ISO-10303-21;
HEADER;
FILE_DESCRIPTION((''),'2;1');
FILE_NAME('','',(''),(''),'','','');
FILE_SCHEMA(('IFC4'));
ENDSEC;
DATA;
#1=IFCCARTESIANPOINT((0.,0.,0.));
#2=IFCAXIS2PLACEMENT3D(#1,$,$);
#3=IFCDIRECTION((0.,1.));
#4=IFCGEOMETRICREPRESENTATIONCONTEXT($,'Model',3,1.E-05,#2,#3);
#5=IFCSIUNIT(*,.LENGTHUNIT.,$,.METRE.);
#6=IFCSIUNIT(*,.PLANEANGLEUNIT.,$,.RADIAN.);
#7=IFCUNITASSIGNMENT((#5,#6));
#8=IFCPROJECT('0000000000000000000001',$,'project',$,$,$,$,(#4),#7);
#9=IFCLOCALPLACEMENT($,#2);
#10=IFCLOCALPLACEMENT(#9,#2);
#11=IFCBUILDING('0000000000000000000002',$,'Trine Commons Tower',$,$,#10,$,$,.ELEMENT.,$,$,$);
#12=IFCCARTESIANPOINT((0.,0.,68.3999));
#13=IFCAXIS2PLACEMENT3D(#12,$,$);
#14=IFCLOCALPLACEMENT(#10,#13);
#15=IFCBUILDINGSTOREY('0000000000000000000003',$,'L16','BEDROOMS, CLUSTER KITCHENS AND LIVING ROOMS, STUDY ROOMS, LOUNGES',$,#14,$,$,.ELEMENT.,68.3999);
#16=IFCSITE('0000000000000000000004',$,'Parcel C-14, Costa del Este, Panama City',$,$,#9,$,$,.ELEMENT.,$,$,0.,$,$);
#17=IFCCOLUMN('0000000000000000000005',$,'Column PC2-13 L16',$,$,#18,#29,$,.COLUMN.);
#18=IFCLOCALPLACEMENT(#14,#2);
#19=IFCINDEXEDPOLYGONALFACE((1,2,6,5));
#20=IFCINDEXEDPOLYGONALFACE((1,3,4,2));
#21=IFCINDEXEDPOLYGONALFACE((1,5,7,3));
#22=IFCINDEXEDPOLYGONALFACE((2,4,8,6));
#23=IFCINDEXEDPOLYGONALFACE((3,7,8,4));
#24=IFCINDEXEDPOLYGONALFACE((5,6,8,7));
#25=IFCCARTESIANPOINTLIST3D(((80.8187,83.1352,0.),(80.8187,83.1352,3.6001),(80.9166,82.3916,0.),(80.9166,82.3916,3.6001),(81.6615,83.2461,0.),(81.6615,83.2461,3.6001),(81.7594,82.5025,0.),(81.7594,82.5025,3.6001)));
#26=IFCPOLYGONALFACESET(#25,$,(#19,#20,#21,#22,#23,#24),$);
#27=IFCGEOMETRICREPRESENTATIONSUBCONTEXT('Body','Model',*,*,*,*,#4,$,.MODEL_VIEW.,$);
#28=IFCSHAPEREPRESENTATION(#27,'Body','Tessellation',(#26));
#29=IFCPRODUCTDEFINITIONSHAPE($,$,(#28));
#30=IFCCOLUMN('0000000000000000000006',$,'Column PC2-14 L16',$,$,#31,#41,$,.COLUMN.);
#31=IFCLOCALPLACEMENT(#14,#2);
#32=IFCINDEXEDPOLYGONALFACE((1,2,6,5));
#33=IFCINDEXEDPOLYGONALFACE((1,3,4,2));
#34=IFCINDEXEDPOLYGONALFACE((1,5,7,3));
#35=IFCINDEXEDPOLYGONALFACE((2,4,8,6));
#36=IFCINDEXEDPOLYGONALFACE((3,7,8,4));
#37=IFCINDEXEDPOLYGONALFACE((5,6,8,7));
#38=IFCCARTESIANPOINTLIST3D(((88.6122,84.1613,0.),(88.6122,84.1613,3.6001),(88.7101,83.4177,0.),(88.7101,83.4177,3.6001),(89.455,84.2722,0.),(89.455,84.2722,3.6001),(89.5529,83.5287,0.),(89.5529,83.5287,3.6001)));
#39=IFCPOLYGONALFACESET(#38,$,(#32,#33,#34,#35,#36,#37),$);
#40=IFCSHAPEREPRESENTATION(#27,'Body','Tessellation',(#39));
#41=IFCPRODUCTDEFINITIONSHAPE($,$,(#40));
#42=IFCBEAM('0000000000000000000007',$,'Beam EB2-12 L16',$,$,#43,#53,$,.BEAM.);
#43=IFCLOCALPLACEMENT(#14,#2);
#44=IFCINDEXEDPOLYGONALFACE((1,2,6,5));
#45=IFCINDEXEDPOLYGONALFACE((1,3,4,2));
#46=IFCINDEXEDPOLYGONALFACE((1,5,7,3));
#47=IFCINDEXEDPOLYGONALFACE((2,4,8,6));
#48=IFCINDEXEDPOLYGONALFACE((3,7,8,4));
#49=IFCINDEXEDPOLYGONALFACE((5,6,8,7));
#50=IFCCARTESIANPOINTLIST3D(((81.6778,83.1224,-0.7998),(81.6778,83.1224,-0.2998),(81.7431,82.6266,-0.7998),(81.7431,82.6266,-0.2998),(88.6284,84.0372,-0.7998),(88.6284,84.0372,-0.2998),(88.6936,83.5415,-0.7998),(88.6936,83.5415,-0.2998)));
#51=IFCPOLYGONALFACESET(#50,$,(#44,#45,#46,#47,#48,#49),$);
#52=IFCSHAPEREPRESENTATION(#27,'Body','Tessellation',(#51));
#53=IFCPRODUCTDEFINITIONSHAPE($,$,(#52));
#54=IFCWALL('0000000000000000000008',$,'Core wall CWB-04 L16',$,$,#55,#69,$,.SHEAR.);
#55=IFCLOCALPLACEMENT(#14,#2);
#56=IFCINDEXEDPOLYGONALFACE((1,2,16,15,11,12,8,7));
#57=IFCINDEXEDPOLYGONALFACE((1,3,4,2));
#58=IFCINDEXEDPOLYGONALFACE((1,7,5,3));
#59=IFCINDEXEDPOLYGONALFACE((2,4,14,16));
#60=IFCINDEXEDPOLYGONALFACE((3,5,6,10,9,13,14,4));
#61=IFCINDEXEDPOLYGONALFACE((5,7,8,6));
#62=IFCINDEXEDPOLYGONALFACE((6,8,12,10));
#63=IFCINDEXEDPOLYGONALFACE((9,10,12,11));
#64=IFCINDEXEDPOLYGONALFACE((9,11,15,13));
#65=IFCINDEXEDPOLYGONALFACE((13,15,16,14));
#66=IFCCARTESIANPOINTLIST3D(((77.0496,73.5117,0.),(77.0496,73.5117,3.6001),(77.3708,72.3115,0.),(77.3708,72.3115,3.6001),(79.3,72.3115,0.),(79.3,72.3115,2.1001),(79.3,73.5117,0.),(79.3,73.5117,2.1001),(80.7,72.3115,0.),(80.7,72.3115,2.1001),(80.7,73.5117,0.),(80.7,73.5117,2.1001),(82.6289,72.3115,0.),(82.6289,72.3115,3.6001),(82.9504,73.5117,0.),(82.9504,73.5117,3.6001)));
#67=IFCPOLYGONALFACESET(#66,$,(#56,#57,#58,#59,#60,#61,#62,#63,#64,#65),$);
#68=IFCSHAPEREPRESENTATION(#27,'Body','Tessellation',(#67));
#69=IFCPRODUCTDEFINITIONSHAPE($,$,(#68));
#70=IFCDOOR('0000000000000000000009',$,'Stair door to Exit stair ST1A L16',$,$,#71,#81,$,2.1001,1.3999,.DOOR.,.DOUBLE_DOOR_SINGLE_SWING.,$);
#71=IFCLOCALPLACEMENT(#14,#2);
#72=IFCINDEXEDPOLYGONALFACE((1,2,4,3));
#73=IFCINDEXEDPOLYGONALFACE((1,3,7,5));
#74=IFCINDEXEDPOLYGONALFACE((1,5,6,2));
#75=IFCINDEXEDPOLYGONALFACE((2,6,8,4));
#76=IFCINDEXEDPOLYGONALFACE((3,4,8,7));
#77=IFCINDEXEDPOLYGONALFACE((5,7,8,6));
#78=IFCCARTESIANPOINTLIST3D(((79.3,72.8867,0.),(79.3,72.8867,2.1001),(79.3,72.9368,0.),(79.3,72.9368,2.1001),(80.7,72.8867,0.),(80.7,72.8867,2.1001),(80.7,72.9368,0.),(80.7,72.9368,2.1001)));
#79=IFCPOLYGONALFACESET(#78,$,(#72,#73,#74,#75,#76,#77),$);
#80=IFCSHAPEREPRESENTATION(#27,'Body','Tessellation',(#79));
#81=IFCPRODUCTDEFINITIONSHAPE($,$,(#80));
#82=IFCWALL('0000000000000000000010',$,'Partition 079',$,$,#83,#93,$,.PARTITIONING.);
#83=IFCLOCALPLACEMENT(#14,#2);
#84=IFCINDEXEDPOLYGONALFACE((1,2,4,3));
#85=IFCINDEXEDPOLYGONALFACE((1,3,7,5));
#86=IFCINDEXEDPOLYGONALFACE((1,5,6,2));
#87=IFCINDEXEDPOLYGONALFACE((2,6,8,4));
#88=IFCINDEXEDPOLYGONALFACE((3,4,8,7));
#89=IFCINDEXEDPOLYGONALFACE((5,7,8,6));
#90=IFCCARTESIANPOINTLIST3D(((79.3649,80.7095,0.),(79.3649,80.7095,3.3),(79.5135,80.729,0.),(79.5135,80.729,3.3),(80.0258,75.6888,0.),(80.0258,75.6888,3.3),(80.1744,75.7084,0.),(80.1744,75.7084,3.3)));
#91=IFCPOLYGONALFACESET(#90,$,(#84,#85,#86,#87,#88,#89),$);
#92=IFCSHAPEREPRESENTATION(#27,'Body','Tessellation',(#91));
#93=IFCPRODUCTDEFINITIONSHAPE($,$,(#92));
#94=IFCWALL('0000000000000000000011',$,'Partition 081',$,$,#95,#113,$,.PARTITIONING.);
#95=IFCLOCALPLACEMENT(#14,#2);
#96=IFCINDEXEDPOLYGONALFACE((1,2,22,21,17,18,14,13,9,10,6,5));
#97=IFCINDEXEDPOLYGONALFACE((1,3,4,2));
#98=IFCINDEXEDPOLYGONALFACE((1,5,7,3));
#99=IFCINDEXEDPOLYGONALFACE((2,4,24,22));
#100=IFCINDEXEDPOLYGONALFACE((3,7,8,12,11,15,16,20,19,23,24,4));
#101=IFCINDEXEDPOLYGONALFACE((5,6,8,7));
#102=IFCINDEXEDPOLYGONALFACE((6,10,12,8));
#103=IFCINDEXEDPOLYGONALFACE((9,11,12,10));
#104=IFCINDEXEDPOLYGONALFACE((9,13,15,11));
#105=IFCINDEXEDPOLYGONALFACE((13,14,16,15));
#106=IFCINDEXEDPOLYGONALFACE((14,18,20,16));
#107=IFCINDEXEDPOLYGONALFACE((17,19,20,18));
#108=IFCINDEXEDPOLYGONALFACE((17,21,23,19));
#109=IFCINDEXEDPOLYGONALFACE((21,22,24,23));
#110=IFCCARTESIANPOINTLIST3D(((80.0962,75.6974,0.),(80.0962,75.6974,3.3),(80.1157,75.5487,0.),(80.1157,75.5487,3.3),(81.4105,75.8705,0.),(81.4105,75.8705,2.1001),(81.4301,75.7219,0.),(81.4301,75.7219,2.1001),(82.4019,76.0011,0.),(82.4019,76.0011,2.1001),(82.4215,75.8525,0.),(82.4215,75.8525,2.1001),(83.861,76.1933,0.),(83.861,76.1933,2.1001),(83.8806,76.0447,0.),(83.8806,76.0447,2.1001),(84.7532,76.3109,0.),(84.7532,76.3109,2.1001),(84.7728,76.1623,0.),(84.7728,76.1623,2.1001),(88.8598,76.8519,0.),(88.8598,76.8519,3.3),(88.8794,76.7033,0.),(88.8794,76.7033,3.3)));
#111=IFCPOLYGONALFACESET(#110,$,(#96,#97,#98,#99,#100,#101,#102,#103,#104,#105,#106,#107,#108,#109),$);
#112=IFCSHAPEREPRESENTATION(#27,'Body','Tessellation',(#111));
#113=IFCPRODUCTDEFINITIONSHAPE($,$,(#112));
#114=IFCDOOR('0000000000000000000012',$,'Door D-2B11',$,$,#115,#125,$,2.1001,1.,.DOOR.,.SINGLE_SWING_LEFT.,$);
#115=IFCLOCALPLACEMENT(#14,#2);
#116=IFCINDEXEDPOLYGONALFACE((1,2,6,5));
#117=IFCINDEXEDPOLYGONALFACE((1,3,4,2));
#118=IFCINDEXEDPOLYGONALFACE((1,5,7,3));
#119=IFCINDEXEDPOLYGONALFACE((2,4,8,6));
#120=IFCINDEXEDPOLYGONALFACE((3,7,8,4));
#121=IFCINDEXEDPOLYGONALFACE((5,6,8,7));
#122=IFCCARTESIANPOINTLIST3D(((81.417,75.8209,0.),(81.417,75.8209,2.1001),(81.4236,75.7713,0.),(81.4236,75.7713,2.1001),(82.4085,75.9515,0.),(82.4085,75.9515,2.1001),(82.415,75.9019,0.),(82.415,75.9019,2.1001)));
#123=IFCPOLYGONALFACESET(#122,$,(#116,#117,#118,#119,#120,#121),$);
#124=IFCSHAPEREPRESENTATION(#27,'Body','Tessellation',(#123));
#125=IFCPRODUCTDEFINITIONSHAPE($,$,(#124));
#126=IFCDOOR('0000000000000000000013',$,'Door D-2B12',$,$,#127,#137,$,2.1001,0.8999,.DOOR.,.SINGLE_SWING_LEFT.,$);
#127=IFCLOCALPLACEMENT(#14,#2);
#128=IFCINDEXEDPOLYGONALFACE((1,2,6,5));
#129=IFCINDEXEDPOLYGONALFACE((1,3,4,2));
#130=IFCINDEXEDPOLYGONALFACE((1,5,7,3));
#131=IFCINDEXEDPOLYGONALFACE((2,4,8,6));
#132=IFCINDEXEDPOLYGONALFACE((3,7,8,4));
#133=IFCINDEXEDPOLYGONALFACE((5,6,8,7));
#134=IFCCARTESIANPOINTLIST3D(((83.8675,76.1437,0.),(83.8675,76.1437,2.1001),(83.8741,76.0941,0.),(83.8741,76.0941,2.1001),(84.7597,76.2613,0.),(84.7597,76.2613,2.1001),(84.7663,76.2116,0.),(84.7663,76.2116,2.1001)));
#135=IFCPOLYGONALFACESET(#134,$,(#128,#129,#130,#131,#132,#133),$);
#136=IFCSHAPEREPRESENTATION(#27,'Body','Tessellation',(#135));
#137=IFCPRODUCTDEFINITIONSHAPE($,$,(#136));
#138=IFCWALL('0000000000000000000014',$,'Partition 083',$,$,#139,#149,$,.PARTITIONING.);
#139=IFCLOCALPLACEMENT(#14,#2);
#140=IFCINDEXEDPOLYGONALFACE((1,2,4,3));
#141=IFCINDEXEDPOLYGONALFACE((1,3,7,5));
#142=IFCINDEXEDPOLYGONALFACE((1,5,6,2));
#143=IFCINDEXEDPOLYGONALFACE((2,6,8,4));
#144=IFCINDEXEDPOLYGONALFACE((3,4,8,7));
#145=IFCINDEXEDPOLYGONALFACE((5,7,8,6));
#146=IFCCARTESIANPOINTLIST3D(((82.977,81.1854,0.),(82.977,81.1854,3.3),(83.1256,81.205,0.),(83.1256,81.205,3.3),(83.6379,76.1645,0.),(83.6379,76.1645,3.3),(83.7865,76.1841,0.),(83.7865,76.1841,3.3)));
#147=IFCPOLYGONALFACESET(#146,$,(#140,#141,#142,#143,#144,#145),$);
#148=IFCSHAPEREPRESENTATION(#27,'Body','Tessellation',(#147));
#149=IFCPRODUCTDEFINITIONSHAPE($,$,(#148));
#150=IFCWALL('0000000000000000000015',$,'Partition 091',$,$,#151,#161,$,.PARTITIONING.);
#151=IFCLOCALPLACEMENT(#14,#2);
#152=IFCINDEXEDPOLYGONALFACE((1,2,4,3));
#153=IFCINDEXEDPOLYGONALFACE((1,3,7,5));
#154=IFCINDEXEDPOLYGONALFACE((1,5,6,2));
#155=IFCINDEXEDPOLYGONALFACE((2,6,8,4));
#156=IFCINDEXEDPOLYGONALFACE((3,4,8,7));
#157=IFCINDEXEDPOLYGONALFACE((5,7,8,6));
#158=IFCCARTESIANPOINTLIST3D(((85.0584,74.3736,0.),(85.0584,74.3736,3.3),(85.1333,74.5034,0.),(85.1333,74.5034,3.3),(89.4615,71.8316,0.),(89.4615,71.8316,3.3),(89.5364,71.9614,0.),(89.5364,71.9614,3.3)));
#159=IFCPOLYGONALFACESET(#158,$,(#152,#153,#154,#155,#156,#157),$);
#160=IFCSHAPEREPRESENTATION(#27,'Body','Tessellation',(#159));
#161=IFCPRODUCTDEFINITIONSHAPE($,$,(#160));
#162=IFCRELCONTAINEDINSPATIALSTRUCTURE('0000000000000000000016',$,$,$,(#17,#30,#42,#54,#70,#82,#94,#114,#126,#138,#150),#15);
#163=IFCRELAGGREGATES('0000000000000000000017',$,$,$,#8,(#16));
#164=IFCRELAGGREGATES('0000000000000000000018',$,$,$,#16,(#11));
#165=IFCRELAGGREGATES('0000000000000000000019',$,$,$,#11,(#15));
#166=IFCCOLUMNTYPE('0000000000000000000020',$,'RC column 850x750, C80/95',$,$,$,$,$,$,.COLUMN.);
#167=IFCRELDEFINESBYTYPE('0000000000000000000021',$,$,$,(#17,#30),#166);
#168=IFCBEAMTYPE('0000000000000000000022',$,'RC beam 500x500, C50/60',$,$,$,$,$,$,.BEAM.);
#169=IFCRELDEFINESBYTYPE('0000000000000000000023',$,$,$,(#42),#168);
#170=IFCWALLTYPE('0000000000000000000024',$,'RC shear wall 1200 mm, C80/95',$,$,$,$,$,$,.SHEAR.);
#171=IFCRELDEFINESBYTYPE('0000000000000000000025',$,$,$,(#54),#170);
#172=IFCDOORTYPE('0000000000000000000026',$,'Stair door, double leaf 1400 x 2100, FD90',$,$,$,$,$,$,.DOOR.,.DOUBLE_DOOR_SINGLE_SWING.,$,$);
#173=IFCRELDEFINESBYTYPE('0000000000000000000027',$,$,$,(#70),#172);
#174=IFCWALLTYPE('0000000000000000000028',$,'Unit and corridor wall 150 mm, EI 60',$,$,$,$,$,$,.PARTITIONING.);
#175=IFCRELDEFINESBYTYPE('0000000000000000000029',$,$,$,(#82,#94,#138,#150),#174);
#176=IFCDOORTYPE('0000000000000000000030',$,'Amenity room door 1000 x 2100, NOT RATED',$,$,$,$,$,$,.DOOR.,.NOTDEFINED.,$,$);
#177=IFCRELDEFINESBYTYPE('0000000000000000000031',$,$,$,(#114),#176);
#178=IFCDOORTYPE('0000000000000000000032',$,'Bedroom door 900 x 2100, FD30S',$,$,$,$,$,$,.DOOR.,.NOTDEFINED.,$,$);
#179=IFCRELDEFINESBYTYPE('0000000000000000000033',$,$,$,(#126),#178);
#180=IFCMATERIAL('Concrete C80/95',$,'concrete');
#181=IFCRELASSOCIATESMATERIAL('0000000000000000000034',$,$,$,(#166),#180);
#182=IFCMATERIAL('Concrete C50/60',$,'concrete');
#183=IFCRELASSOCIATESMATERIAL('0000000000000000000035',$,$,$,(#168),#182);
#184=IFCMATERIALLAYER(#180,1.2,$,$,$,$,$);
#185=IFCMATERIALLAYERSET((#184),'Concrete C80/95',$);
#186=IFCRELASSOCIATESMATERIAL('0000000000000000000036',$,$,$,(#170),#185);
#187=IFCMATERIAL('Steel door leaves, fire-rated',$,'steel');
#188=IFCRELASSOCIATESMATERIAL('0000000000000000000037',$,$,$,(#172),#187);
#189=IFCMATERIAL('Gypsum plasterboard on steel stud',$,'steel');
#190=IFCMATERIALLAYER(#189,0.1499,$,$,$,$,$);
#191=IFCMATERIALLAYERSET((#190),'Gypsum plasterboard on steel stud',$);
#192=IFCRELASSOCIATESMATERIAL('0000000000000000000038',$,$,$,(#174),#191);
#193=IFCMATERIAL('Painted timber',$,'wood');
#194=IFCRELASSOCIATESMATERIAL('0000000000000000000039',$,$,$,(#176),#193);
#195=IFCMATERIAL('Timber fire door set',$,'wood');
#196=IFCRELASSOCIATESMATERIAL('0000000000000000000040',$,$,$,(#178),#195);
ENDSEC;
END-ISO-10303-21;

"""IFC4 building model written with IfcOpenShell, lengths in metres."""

from ifc_helpers import new_model, si_unit, direction, frame, frame_2d, origin, origin_2d, place, context, subcontext, project, spatial, polyline, rectangle, outline, extrude, material, layer, layer_set, material_profile, profile_set, type_object, element, fill, save


model = new_model("IFC4")

# Units and contexts
model_context = context("Model", 3, precision=1e-05, world=origin(), true_north=direction((0.0, 1.0)))
body_context = subcontext(model_context, "Body", "Model", "MODEL_VIEW")
ifc_project = project(units=[si_unit("LENGTHUNIT", "METRE"), si_unit("PLANEANGLEUNIT", "RADIAN")], contexts=[model_context])

# Site, building, storey
site_placement = place(None, origin())
site = spatial("IfcSite", under=ifc_project, at=site_placement, Name="Parcel C-14, Costa del Este, Panama City", CompositionType="ELEMENT", RefElevation=0.0)
building_placement = place(site_placement, origin())
building = spatial("IfcBuilding", under=site, at=building_placement, Name="Trine Commons Tower", CompositionType="ELEMENT")
storey_placement = place(building_placement, frame((0.0, 0.0, 68.3999)))
storey = spatial("IfcBuildingStorey", under=building, at=storey_placement, Name="L16", Description="BEDROOMS, CLUSTER KITCHENS AND LIVING ROOMS, STUDY ROOMS, LOUNGES", CompositionType="ELEMENT", Elevation=68.3999)

# Columns
ifc_material_1 = material(Name="Concrete C80/95", Category="concrete")
ifc_material_profile_1 = material_profile(ifc_material_1, rectangle(XDim=0.8501, YDim=0.75, at=origin_2d()), Name="RC 850x750")
ifc_profile_set_1 = profile_set([ifc_material_profile_1], Name="Concrete C80/95")
column_type = type_object("IfcColumnType", Name="RC column 850x750, C80/95", PredefinedType="COLUMN", material=ifc_profile_set_1)
for number, where, z_axis, x_axis, name in (
    (1, (81.2891, 82.8188, 0.0), (0.0, 0.0, 1.0), (0.991445, 0.130526, 0.0), "Column PC2-13 L16"),
    (2, (89.0825, 83.845, 0.0), (0.0, 0.0, 1.0), (0.991445, 0.130526, 0.0), "Column PC2-14 L16"),
):
    element("IfcColumn", number, at=place(storey_placement, frame(where, z_axis=z_axis, x_axis=x_axis)), inside=storey, type_object=column_type, Name=name, PredefinedType="COLUMN", context=body_context, shape_type="SweptSolid", body=[
        extrude(rectangle(XDim=0.8501, YDim=0.75, at=origin_2d()), origin(), (0.0, 0.0, 1.0), 3.6001),
    ])

# Beam
ifc_material_2 = material(Name="Concrete C50/60", Category="concrete")
ifc_material_profile_2 = material_profile(ifc_material_2, rectangle(XDim=0.5, YDim=0.5, at=origin_2d()), Name="RC 500x500")
ifc_profile_set_2 = profile_set([ifc_material_profile_2], Name="Concrete C50/60")
beam_type = type_object("IfcBeamType", Name="RC beam 500x500, C50/60", PredefinedType="BEAM", material=ifc_profile_set_2)
beam_placement = place(storey_placement, frame((81.7104, 82.8745, -0.5498), z_axis=(0.991449, 0.130491, 0.0), x_axis=(-0.130491, 0.991449, 0.0)))
element("IfcBeam", 3, at=beam_placement, inside=storey, type_object=beam_type, Name="Beam EB2-12 L16", PredefinedType="BEAM", context=body_context, shape_type="SweptSolid", body=[
    extrude(rectangle(XDim=0.5, YDim=0.5, at=origin_2d()), origin(), (0.0, 0.0, 1.0), 7.0105),
])

# Wall, opening, door
ifc_layer_1 = layer(ifc_material_1, 1.2)
ifc_layer_set_1 = layer_set([ifc_layer_1], Name="Concrete C80/95")
wall_type_1 = type_object("IfcWallType", Name="RC shear wall 1200 mm, C80/95", PredefinedType="SHEAR", material=ifc_layer_set_1)
wall_1_placement = place(storey_placement, frame((82.9504, 72.9116, 0.0), z_axis=(0.0, 0.0, 1.0), x_axis=(-1.0, 0.0, 0.0)))
wall_1 = element("IfcWall", 4, at=wall_1_placement, inside=storey, type_object=wall_type_1, Name="Core wall CWB-04 L16", PredefinedType="SHEAR", context=body_context, shape_type="SweptSolid", body=[
    extrude(outline(polyline([(0.0, -0.6001), (5.9009, -0.6001), (5.5796, 0.6001), (0.3215, 0.6001), (0.0, -0.6001)])), origin(), (0.0, 0.0, 1.0), 3.6001),
])
opening_1_placement = place(wall_1_placement, frame((2.2505, 0.0, 0.0)))
opening_1 = element("IfcOpeningElement", 5, at=opening_1_placement, cuts=wall_1, PredefinedType="OPENING", context=body_context, shape_type="SweptSolid", body=[
    extrude(rectangle(XDim=1.3999, YDim=2.1001, at=frame_2d((0.7, 1.05))), frame((0.0, 0.6099, 0.0), z_axis=(0.0, -1.0, 0.0), x_axis=(1.0, 0.0, 0.0)), (0.0, 0.0, 1.0), 1.22),
])
ifc_material_3 = material(Name="Steel door leaves, fire-rated", Category="steel")
door_type_1 = type_object("IfcDoorType", Name="Stair door, double leaf 1400 x 2100, FD90", OperationType="DOUBLE_DOOR_SINGLE_SWING", PredefinedType="DOOR", material=ifc_material_3)
door_1_placement = place(opening_1_placement, origin())
door_1 = element("IfcDoor", 6, at=door_1_placement, inside=storey, type_object=door_type_1, Name="Stair door to Exit stair ST1A L16", OperationType="DOUBLE_DOOR_SINGLE_SWING", OverallHeight=2.1001, OverallWidth=1.3999, PredefinedType="DOOR", context=body_context, shape_type="SweptSolid", body=[
    extrude(rectangle(XDim=1.3999, YDim=2.1001, at=frame_2d((0.7, 1.05))), frame((0.0, 0.0249, 0.0), z_axis=(0.0, -1.0, 0.0), x_axis=(1.0, 0.0, 0.0)), (0.0, 0.0, 1.0), 0.05),
])
fill(opening_1, door_1)

# Wall
ifc_material_4 = material(Name="Gypsum plasterboard on steel stud", Category="steel")
ifc_layer_2 = layer(ifc_material_4, 0.1499)
ifc_layer_set_2 = layer_set([ifc_layer_2], Name="Gypsum plasterboard on steel stud")
wall_type_2 = type_object("IfcWallType", Name="Unit and corridor wall 150 mm, EI 60", PredefinedType="PARTITIONING", material=ifc_layer_set_2)
wall_2_placement = place(storey_placement, frame((79.4392, 80.7192, 0.0), z_axis=(0.0, 0.0, 1.0), x_axis=(0.130506, -0.991448, 0.0)))
element("IfcWall", 7, at=wall_2_placement, inside=storey, type_object=wall_type_2, Name="Partition 079", PredefinedType="PARTITIONING", context=body_context, shape_type="SweptSolid", body=[
    extrude(rectangle(XDim=5.064, YDim=0.1499, at=frame_2d((2.532, 0.0))), origin(), (0.0, 0.0, 1.0), 3.3),
])

# Wall, openings, doors
wall_3_placement = place(storey_placement, frame((80.106, 75.623, 0.0), z_axis=(0.0, 0.0, 1.0), x_axis=(0.991433, 0.130613, 0.0)))
wall_3 = element("IfcWall", 8, at=wall_3_placement, inside=storey, type_object=wall_type_2, Name="Partition 081", PredefinedType="PARTITIONING", context=body_context, shape_type="SweptSolid", body=[
    extrude(rectangle(XDim=8.8394, YDim=0.1499, at=frame_2d((4.4197, 0.0))), origin(), (0.0, 0.0, 1.0), 3.3),
])
opening_2_placement = place(wall_3_placement, frame((1.3257, 0.0, 0.0)))
opening_2 = element("IfcOpeningElement", 9, at=opening_2_placement, cuts=wall_3, PredefinedType="OPENING", context=body_context, shape_type="SweptSolid", body=[
    extrude(rectangle(XDim=1.0, YDim=2.1001, at=frame_2d((0.5, 1.05))), frame((0.0, 0.085, 0.0), z_axis=(0.0, -1.0, 0.0), x_axis=(1.0, 0.0, 0.0)), (0.0, 0.0, 1.0), 0.1699),
])
opening_3_placement = place(wall_3_placement, frame((3.7974, 0.0, 0.0)))
opening_3 = element("IfcOpeningElement", 10, at=opening_3_placement, cuts=wall_3, PredefinedType="OPENING", context=body_context, shape_type="SweptSolid", body=[
    extrude(rectangle(XDim=0.8999, YDim=2.1001, at=frame_2d((0.45, 1.05))), frame((0.0, 0.085, 0.0), z_axis=(0.0, -1.0, 0.0), x_axis=(1.0, 0.0, 0.0)), (0.0, 0.0, 1.0), 0.1699),
])
ifc_material_5 = material(Name="Painted timber", Category="wood")
door_type_2 = type_object("IfcDoorType", Name="Amenity room door 1000 x 2100, NOT RATED", OperationType="NOTDEFINED", PredefinedType="DOOR", material=ifc_material_5)
door_2_placement = place(opening_2_placement, origin())
door_2 = element("IfcDoor", 11, at=door_2_placement, inside=storey, type_object=door_type_2, Name="Door D-2B11", OperationType="SINGLE_SWING_LEFT", OverallHeight=2.1001, OverallWidth=1.0, PredefinedType="DOOR", context=body_context, shape_type="SweptSolid", body=[
    extrude(rectangle(XDim=1.0, YDim=2.1001, at=frame_2d((0.5, 1.05))), frame((0.0, 0.0249, 0.0), z_axis=(0.0, -1.0, 0.0), x_axis=(1.0, 0.0, 0.0)), (0.0, 0.0, 1.0), 0.05),
])
fill(opening_2, door_2)
ifc_material_6 = material(Name="Timber fire door set", Category="wood")
door_type_3 = type_object("IfcDoorType", Name="Bedroom door 900 x 2100, FD30S", OperationType="NOTDEFINED", PredefinedType="DOOR", material=ifc_material_6)
door_3_placement = place(opening_3_placement, origin())
door_3 = element("IfcDoor", 12, at=door_3_placement, inside=storey, type_object=door_type_3, Name="Door D-2B12", OperationType="SINGLE_SWING_LEFT", OverallHeight=2.1001, OverallWidth=0.8999, PredefinedType="DOOR", context=body_context, shape_type="SweptSolid", body=[
    extrude(rectangle(XDim=0.8999, YDim=2.1001, at=frame_2d((0.45, 1.05))), frame((0.0, 0.0249, 0.0), z_axis=(0.0, -1.0, 0.0), x_axis=(1.0, 0.0, 0.0)), (0.0, 0.0, 1.0), 0.05),
])
fill(opening_3, door_3)

# Walls
wall_4_placement = place(storey_placement, frame((83.0513, 81.1953, 0.0), z_axis=(0.0, 0.0, 1.0), x_axis=(0.130499, -0.991448, 0.0)))
element("IfcWall", 13, at=wall_4_placement, inside=storey, type_object=wall_type_2, Name="Partition 083", PredefinedType="PARTITIONING", context=body_context, shape_type="SweptSolid", body=[
    extrude(rectangle(XDim=5.0642, YDim=0.1499, at=frame_2d((2.5322, 0.0))), origin(), (0.0, 0.0, 1.0), 3.3),
])
wall_5_placement = place(storey_placement, frame((85.0959, 74.4385, 0.0), z_axis=(0.0, 0.0, 1.0), x_axis=(0.866036, -0.499982, 0.0)))
element("IfcWall", 14, at=wall_5_placement, inside=storey, type_object=wall_type_2, Name="Partition 091", PredefinedType="PARTITIONING", context=body_context, shape_type="SweptSolid", body=[
    extrude(rectangle(XDim=5.0842, YDim=0.1499, at=frame_2d((2.542, 0.0))), origin(), (0.0, 0.0, 1.0), 3.3),
])

save(model, "model.ifc")
